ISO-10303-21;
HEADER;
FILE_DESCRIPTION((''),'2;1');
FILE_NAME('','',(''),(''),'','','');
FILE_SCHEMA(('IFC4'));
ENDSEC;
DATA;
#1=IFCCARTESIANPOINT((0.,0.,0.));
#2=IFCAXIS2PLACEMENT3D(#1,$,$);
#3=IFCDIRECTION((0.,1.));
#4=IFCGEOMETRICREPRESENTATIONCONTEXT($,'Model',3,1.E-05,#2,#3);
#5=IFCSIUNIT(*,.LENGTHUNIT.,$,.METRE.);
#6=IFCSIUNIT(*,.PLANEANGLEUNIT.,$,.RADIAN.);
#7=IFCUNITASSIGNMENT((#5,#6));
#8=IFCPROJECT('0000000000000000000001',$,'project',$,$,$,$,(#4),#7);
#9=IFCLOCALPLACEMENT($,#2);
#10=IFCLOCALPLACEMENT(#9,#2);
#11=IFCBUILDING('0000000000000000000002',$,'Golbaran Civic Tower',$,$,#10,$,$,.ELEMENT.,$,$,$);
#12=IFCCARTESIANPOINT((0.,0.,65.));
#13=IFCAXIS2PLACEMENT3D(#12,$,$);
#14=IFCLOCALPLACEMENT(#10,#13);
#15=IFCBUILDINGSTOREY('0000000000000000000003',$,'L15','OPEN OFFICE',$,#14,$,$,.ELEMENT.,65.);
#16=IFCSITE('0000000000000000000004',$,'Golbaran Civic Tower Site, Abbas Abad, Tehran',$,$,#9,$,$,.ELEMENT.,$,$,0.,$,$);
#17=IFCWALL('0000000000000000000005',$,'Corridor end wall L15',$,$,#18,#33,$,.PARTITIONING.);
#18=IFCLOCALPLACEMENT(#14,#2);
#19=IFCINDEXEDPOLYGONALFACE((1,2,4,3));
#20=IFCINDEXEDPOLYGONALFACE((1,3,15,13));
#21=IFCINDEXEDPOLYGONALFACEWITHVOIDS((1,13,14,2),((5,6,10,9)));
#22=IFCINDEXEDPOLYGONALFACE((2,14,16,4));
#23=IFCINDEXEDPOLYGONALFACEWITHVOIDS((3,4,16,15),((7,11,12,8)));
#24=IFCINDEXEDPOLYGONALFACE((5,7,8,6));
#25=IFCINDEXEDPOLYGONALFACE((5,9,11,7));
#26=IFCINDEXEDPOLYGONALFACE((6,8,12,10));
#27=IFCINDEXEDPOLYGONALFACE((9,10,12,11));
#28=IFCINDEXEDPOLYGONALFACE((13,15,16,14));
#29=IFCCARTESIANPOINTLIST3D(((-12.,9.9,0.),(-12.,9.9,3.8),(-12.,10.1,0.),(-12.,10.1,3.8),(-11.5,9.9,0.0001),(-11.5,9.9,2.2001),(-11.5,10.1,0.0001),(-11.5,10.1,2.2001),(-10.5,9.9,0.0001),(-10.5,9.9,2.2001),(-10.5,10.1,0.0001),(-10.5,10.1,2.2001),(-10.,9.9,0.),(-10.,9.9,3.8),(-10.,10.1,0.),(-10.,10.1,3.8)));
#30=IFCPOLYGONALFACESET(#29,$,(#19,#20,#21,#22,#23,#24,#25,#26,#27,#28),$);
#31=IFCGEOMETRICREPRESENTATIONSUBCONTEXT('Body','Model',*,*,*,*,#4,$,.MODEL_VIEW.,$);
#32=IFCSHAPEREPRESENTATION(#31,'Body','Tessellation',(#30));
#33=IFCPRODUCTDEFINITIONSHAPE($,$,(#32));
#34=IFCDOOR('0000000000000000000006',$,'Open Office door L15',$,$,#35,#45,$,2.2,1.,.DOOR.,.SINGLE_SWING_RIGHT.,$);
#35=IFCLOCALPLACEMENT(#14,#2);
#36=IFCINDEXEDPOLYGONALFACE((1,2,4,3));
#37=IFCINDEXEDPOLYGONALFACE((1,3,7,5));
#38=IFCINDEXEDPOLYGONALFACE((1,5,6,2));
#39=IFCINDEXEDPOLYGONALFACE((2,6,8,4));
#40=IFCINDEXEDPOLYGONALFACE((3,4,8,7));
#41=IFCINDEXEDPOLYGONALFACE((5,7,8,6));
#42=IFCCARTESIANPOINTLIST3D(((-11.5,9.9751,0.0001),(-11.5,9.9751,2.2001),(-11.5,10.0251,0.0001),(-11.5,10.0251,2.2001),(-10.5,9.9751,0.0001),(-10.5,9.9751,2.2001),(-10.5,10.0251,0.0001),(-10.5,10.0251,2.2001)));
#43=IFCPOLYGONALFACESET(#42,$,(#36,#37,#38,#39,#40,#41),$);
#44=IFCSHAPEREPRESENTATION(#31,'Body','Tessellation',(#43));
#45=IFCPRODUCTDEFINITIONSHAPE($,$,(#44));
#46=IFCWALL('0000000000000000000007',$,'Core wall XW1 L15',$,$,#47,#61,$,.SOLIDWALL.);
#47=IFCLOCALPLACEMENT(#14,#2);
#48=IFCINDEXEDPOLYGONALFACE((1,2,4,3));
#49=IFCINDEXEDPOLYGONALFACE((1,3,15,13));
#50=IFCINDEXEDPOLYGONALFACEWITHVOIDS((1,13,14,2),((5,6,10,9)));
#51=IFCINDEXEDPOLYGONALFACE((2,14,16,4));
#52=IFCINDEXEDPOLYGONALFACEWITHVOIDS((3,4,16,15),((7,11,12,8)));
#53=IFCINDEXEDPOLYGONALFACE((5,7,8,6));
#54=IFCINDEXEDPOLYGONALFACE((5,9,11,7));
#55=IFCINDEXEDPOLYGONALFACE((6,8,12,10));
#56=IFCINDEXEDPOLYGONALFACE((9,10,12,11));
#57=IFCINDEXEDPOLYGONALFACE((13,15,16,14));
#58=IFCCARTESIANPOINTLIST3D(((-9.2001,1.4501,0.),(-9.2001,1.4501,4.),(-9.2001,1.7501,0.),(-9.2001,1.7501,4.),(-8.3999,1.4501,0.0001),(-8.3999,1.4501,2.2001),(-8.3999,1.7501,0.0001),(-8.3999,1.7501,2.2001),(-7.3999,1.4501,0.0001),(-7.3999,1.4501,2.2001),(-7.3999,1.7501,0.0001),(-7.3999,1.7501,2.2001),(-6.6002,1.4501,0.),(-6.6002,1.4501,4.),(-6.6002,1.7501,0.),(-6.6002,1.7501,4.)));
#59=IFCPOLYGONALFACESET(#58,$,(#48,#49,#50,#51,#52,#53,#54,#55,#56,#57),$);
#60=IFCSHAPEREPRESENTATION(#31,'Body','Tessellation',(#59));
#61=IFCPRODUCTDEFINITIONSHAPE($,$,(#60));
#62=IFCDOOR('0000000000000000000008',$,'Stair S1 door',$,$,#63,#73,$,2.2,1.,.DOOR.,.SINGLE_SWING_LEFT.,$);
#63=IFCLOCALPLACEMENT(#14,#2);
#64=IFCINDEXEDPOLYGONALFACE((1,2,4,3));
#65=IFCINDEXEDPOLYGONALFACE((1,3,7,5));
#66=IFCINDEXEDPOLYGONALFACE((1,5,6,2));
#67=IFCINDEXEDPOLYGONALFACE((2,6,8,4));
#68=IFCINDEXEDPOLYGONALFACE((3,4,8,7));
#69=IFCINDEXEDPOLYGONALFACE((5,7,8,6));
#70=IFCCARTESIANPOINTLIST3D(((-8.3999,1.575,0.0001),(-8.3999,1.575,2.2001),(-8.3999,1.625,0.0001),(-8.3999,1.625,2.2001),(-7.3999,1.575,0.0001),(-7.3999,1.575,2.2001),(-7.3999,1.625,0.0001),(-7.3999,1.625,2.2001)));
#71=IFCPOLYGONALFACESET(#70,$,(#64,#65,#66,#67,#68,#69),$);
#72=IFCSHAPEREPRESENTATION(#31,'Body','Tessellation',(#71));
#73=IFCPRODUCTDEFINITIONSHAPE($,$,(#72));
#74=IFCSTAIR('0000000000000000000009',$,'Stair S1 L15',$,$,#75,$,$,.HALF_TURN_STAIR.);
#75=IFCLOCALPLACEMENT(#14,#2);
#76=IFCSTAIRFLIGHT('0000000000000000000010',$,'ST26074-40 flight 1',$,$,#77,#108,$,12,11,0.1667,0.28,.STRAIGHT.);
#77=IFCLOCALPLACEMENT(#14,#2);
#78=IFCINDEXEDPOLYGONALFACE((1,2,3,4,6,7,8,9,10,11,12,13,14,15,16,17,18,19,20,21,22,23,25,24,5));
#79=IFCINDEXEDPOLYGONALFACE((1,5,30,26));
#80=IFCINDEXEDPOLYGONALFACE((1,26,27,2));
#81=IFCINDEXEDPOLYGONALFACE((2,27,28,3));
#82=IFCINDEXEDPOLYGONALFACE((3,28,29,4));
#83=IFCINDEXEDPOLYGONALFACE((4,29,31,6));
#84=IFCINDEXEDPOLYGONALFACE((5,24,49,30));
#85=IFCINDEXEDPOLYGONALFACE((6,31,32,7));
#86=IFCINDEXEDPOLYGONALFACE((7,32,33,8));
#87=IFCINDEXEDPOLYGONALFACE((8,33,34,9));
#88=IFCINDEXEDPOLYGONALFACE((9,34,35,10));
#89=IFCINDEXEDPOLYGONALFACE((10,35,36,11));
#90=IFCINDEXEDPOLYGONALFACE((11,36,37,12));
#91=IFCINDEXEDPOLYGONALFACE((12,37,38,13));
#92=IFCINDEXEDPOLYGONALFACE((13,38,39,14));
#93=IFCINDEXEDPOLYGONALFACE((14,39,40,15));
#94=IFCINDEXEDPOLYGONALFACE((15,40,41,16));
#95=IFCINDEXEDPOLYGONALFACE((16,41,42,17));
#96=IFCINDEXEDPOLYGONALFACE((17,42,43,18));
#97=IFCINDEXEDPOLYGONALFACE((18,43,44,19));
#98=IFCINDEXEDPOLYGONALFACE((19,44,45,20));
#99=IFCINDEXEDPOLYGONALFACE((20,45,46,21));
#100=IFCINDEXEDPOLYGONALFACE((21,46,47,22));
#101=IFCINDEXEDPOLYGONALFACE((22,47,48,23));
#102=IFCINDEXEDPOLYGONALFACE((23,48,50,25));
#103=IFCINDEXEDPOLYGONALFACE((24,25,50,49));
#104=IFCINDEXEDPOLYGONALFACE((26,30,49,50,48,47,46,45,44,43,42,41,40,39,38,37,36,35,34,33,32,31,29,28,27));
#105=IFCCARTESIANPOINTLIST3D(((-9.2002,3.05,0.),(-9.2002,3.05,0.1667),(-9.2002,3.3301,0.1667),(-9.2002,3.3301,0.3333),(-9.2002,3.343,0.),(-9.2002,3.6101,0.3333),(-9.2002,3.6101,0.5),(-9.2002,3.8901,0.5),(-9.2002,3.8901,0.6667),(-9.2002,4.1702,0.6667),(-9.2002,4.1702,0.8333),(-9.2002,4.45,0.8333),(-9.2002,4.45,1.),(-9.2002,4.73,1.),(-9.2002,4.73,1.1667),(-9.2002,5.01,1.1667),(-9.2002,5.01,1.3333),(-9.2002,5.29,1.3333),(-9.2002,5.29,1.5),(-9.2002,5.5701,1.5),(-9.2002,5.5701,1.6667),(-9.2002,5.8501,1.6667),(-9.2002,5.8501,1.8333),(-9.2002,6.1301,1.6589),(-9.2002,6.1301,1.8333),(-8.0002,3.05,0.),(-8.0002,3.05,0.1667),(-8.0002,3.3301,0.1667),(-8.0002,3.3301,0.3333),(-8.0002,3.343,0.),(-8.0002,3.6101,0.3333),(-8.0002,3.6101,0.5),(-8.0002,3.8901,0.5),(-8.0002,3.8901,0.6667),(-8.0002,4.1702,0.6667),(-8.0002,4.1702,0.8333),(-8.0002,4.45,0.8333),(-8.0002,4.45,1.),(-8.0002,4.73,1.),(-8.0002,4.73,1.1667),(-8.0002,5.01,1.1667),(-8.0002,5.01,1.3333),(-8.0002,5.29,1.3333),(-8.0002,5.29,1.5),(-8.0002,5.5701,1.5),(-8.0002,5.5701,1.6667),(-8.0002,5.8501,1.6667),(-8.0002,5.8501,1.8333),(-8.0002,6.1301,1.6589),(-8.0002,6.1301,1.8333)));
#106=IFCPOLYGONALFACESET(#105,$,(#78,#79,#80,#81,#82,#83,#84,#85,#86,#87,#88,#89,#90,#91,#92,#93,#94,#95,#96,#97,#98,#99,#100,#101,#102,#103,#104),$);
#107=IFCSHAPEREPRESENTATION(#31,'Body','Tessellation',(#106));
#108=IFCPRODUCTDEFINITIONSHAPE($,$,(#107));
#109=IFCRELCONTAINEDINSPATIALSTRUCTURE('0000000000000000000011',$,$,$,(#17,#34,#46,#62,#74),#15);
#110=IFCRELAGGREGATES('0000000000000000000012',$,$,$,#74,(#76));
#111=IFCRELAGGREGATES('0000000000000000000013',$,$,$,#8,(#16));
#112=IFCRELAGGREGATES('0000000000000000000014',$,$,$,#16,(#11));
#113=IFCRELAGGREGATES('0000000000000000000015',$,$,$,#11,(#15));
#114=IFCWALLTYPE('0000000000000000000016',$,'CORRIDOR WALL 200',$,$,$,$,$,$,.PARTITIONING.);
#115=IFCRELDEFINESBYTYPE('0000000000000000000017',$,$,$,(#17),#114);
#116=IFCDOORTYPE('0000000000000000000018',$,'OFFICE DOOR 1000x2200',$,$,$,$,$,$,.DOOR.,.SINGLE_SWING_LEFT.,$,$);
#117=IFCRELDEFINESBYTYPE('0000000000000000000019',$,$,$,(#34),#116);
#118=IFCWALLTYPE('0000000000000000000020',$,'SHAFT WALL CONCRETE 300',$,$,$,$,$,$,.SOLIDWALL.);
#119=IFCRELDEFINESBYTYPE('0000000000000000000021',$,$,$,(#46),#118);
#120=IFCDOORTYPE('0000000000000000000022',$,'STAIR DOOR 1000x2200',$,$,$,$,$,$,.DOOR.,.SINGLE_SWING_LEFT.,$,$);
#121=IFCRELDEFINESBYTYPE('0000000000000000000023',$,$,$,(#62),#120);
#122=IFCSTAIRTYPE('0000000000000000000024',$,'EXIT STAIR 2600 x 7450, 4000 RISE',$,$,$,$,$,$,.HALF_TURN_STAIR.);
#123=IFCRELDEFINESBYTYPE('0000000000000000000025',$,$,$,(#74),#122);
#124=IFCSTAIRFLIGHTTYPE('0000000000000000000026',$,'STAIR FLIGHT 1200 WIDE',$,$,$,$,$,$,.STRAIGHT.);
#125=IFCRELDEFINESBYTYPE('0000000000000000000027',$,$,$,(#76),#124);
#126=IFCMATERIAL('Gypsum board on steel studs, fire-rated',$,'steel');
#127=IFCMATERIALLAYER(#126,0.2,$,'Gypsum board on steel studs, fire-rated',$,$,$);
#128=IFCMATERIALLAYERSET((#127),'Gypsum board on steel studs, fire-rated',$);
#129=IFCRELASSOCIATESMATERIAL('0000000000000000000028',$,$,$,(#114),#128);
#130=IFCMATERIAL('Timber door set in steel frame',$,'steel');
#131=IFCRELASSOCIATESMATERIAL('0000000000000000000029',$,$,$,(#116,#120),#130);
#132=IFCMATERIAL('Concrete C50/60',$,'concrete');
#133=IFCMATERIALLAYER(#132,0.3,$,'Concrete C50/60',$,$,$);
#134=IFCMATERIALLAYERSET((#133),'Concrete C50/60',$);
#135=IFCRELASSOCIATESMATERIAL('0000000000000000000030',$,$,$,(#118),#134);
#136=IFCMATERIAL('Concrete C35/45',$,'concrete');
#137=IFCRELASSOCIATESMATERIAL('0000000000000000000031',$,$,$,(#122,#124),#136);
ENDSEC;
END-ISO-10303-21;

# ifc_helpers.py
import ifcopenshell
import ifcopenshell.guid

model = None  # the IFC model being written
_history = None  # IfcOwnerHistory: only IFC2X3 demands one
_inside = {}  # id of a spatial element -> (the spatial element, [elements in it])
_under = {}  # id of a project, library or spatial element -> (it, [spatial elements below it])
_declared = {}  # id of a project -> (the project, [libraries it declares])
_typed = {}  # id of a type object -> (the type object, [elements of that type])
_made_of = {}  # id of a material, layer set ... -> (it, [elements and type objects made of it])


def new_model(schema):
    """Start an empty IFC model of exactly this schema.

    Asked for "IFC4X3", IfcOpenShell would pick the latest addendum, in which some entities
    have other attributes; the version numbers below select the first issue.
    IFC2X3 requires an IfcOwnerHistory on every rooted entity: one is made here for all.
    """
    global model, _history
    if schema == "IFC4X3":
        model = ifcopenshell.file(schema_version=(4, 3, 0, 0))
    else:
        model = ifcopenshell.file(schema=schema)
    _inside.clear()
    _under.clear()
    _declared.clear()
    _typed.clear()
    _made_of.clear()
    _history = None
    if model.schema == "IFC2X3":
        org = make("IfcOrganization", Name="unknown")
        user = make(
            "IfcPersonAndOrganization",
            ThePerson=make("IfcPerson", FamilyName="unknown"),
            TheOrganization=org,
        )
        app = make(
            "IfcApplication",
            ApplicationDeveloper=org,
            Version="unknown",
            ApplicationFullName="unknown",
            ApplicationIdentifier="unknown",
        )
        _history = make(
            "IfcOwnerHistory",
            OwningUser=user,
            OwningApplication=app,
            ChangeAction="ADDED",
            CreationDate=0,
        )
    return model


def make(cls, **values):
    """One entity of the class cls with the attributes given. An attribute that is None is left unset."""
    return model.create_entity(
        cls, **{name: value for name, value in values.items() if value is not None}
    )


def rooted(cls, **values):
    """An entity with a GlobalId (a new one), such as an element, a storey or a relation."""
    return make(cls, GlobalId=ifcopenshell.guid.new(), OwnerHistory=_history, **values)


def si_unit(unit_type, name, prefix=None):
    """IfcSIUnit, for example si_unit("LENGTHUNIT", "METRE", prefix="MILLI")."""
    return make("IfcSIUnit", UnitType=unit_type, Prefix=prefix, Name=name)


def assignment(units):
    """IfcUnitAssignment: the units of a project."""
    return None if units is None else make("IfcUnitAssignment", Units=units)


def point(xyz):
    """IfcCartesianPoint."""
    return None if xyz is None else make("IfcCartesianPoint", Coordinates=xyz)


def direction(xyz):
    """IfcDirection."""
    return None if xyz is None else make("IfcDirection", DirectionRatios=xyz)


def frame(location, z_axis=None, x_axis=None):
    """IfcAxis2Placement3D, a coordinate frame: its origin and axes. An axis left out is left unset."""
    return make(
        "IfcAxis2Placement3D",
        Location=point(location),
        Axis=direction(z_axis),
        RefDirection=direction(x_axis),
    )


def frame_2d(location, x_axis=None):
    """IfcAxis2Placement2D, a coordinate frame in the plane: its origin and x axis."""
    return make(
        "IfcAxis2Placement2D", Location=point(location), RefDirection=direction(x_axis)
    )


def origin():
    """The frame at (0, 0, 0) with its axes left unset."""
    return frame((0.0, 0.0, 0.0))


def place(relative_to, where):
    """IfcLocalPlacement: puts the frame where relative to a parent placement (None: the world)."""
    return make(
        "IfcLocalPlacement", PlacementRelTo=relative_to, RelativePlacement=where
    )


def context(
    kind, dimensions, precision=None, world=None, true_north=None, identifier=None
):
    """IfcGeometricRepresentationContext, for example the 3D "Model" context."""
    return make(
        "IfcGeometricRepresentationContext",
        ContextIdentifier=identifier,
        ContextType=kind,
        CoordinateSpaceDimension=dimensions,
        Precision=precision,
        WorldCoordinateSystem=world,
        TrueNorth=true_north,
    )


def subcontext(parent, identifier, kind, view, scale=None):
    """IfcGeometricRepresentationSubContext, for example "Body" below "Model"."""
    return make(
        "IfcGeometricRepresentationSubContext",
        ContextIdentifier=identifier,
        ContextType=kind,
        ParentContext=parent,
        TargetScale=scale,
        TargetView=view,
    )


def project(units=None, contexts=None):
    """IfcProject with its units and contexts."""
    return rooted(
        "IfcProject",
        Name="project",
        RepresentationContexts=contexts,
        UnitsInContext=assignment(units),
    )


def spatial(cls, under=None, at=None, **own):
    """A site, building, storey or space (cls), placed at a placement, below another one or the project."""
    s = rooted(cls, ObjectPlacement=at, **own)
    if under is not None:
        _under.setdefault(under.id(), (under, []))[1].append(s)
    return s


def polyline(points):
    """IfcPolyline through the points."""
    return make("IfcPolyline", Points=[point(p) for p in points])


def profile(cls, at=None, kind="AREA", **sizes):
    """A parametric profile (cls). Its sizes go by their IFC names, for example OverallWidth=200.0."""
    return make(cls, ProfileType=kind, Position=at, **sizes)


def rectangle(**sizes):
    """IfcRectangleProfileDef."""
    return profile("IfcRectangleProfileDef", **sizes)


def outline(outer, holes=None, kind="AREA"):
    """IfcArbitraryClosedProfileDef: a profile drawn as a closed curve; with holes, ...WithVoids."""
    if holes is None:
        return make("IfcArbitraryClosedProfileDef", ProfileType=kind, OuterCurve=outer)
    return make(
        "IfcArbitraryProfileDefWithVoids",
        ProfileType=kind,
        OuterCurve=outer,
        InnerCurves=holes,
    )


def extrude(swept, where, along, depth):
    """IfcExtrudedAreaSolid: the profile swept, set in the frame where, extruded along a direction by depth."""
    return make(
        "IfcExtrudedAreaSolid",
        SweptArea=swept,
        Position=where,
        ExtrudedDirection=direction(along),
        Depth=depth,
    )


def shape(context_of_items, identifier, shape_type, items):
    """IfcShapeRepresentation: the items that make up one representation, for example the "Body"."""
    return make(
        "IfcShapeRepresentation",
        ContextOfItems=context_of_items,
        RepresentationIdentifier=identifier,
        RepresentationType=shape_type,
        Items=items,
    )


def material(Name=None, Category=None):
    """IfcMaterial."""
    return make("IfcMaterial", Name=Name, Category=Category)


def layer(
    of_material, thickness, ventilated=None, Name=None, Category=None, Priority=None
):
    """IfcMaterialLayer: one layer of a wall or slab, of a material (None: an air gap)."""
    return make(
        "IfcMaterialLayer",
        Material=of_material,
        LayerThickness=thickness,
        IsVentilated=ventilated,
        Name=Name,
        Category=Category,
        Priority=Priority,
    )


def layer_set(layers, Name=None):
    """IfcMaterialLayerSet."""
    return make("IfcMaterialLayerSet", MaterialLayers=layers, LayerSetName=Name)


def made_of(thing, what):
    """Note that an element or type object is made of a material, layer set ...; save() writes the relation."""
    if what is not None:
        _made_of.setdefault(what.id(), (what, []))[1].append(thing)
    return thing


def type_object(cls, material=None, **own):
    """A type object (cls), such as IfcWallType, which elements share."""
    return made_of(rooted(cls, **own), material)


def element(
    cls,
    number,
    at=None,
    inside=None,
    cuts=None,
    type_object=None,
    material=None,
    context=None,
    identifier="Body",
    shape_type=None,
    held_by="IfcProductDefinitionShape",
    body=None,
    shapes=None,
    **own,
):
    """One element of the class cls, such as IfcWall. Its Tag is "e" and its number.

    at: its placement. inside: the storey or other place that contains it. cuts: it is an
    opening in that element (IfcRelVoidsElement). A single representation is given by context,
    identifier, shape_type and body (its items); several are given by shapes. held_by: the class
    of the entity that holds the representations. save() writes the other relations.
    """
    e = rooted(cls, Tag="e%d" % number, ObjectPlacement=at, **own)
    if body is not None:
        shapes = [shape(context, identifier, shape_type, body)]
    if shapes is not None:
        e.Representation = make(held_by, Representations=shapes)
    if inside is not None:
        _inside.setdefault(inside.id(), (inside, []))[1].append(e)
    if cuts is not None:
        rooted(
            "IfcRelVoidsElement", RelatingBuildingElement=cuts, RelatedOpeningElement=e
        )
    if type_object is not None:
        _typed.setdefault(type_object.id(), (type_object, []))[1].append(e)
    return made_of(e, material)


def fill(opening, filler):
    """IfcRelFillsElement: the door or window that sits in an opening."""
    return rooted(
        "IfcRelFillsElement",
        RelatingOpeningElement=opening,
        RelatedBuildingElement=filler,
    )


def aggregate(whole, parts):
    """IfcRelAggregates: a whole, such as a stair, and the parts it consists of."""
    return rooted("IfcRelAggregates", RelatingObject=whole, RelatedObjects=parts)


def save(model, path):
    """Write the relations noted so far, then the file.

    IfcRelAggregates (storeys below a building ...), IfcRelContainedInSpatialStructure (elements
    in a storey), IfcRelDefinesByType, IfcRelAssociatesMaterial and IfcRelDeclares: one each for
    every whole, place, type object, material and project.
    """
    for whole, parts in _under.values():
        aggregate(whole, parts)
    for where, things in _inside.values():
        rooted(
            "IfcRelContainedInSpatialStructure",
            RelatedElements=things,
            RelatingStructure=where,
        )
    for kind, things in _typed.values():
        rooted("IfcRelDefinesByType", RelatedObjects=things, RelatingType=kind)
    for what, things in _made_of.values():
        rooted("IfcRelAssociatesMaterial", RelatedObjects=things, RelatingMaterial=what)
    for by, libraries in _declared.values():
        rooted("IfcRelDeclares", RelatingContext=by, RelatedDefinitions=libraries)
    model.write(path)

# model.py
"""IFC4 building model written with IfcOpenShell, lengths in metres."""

from ifc_helpers import new_model, si_unit, direction, frame, frame_2d, origin, place, context, subcontext, project, spatial, polyline, rectangle, outline, extrude, material, layer, layer_set, type_object, element, fill, aggregate, save


model = new_model("IFC4")

# Units and contexts
model_context = context("Model", 3, precision=1e-05, world=origin(), true_north=direction((0.0, 1.0)))
body_context = subcontext(model_context, "Body", "Model", "MODEL_VIEW")
ifc_project = project(units=[si_unit("LENGTHUNIT", "METRE"), si_unit("PLANEANGLEUNIT", "RADIAN")], contexts=[model_context])

# Site, building, storey
site_placement = place(None, origin())
site = spatial("IfcSite", under=ifc_project, at=site_placement, Name="Golbaran Civic Tower Site, Abbas Abad, Tehran", CompositionType="ELEMENT", RefElevation=0.0)
building_placement = place(site_placement, origin())
building = spatial("IfcBuilding", under=site, at=building_placement, Name="Golbaran Civic Tower", CompositionType="ELEMENT")
storey_placement = place(building_placement, frame((0.0, 0.0, 65.0)))
storey = spatial("IfcBuildingStorey", under=building, at=storey_placement, Name="L15", Description="OPEN OFFICE", CompositionType="ELEMENT", Elevation=65.0)

# Shared definitions
ifc_material_1 = material(Name="Concrete C50/60", Category="concrete")
ifc_material_2 = material(Name="Timber door set in steel frame", Category="steel")

# Shared definitions
ifc_material_3 = material(Name="Gypsum board on steel studs, fire-rated", Category="steel")
ifc_layer_1 = layer(ifc_material_3, 0.2, Name="Gypsum board on steel studs, fire-rated")
ifc_layer_set_1 = layer_set([ifc_layer_1], Name="Gypsum board on steel studs, fire-rated")
wall_type_1 = type_object("IfcWallType", Name="CORRIDOR WALL 200", PredefinedType="PARTITIONING", material=ifc_layer_set_1)

# Walls, openings, doors
wall_1_placement = place(storey_placement, frame((-10.0, 10.0, 0.0), z_axis=(0.0, 0.0, 1.0), x_axis=(-1.0, 0.0, 0.0)))
wall_1 = element("IfcWall", 1, at=wall_1_placement, inside=storey, type_object=wall_type_1, Name="Corridor end wall L15", PredefinedType="PARTITIONING", context=body_context, shape_type="SweptSolid", body=[
    extrude(rectangle(XDim=2.0, YDim=0.2, at=frame_2d((1.0, 0.0))), origin(), (0.0, 0.0, 1.0), 3.8),
])
opening_1_placement = place(wall_1_placement, frame((0.5, 0.0, 0.0)))
opening_1 = element("IfcOpeningElement", 2, at=opening_1_placement, cuts=wall_1, PredefinedType="OPENING", context=body_context, shape_type="SweptSolid", body=[
    extrude(rectangle(XDim=1.0, YDim=2.2, at=frame_2d((0.5, 1.1001))), frame((0.0, 0.1099, 0.0), z_axis=(0.0, -1.0, 0.0), x_axis=(1.0, 0.0, 0.0)), (0.0, 0.0, 1.0), 0.22),
])
door_type_1 = type_object("IfcDoorType", Name="OFFICE DOOR 1000x2200", OperationType="SINGLE_SWING_LEFT", PredefinedType="DOOR", material=ifc_material_2)
door_1_placement = place(opening_1_placement, origin())
door_1 = element("IfcDoor", 3, at=door_1_placement, inside=storey, type_object=door_type_1, Name="Open Office door L15", OperationType="SINGLE_SWING_RIGHT", OverallHeight=2.2, OverallWidth=1.0, PredefinedType="DOOR", context=body_context, shape_type="SweptSolid", body=[
    extrude(rectangle(XDim=1.0, YDim=2.2, at=frame_2d((0.5, 1.1001))), frame((0.0, 0.0249, 0.0), z_axis=(0.0, -1.0, 0.0), x_axis=(1.0, 0.0, 0.0)), (0.0, 0.0, 1.0), 0.05),
])
fill(opening_1, door_1)
ifc_layer_2 = layer(ifc_material_1, 0.3, Name="Concrete C50/60")
ifc_layer_set_2 = layer_set([ifc_layer_2], Name="Concrete C50/60")
wall_type_2 = type_object("IfcWallType", Name="SHAFT WALL CONCRETE 300", PredefinedType="SOLIDWALL", material=ifc_layer_set_2)
wall_2_placement = place(storey_placement, frame((-9.2, 1.6001, 0.0), z_axis=(0.0, 0.0, 1.0), x_axis=(1.0, 0.0, 0.0)))
wall_2 = element("IfcWall", 4, at=wall_2_placement, inside=storey, type_object=wall_type_2, Name="Core wall XW1 L15", PredefinedType="SOLIDWALL", context=body_context, shape_type="SweptSolid", body=[
    extrude(rectangle(XDim=2.5999, YDim=0.3, at=frame_2d((1.2998, 0.0))), origin(), (0.0, 0.0, 1.0), 4.0),
])
opening_2_placement = place(wall_2_placement, frame((0.8, 0.0, 0.0)))
opening_2 = element("IfcOpeningElement", 5, at=opening_2_placement, cuts=wall_2, PredefinedType="OPENING", context=body_context, shape_type="SweptSolid", body=[
    extrude(rectangle(XDim=1.0, YDim=2.2, at=frame_2d((0.5, 1.1001))), frame((0.0, 0.1599, 0.0), z_axis=(0.0, -1.0, 0.0), x_axis=(1.0, 0.0, 0.0)), (0.0, 0.0, 1.0), 0.3201),
])
door_type_2 = type_object("IfcDoorType", Name="STAIR DOOR 1000x2200", OperationType="SINGLE_SWING_LEFT", PredefinedType="DOOR", material=ifc_material_2)
door_2_placement = place(opening_2_placement, origin())
door_2 = element("IfcDoor", 6, at=door_2_placement, inside=storey, type_object=door_type_2, Name="Stair S1 door", OperationType="SINGLE_SWING_LEFT", OverallHeight=2.2, OverallWidth=1.0, PredefinedType="DOOR", context=body_context, shape_type="SweptSolid", body=[
    extrude(rectangle(XDim=1.0, YDim=2.2, at=frame_2d((0.5, 1.1001))), frame((0.0, 0.0249, 0.0), z_axis=(0.0, -1.0, 0.0), x_axis=(1.0, 0.0, 0.0)), (0.0, 0.0, 1.0), 0.05),
])
fill(opening_2, door_2)

# Stair, stair flight
ifc_material_4 = material(Name="Concrete C35/45", Category="concrete")
stair_type = type_object("IfcStairType", Name="EXIT STAIR 2600 x 7450, 4000 RISE", PredefinedType="HALF_TURN_STAIR", material=ifc_material_4)
stair_placement = place(storey_placement, origin())
stair = element("IfcStair", 7, at=stair_placement, inside=storey, type_object=stair_type, Name="Stair S1 L15", PredefinedType="HALF_TURN_STAIR")
stair_flight_type = type_object("IfcStairFlightType", Name="STAIR FLIGHT 1200 WIDE", PredefinedType="STRAIGHT", material=ifc_material_4)
stair_flight_placement = place(storey_placement, frame((-8.6001, 3.05, 0.0), z_axis=(0.0, 0.0, 1.0), x_axis=(0.0, 1.0, 0.0)))
stair_flight = element("IfcStairFlight", 8, at=stair_flight_placement, type_object=stair_flight_type, Name="ST26074-40 flight 1", NumberOfRisers=12, NumberOfTreads=11, PredefinedType="STRAIGHT", RiserHeight=0.1667, TreadLength=0.28, context=body_context, shape_type="SweptSolid", body=[
    extrude(outline(polyline([(0.0, 0.0), (0.0, 0.1667), (0.28, 0.1667), (0.28, 0.3333), (0.5601, 0.3333), (0.5601, 0.5), (0.8401, 0.5), (0.8401, 0.6667), (1.1201, 0.6667), (1.1201, 0.8333), (1.3999, 0.8333), (1.3999, 1.0), (1.6799, 1.0), (1.6799, 1.1667), (1.96, 1.1667), (1.96, 1.3333), (2.24, 1.3333), (2.24, 1.5), (2.52, 1.5), (2.52, 1.6667), (2.8, 1.6667), (2.8, 1.8333), (3.0801, 1.8333), (3.0801, 2.0), (3.0801, 1.6589), (0.293, 0.0), (0.0, 0.0)])), frame((0.0, 0.6001, 0.0), z_axis=(0.0, -1.0, 0.0), x_axis=(1.0, 0.0, 0.0)), (0.0, 0.0, 1.0), 1.2),
])
aggregate(stair, [stair_flight])

save(model, "model.ifc")
